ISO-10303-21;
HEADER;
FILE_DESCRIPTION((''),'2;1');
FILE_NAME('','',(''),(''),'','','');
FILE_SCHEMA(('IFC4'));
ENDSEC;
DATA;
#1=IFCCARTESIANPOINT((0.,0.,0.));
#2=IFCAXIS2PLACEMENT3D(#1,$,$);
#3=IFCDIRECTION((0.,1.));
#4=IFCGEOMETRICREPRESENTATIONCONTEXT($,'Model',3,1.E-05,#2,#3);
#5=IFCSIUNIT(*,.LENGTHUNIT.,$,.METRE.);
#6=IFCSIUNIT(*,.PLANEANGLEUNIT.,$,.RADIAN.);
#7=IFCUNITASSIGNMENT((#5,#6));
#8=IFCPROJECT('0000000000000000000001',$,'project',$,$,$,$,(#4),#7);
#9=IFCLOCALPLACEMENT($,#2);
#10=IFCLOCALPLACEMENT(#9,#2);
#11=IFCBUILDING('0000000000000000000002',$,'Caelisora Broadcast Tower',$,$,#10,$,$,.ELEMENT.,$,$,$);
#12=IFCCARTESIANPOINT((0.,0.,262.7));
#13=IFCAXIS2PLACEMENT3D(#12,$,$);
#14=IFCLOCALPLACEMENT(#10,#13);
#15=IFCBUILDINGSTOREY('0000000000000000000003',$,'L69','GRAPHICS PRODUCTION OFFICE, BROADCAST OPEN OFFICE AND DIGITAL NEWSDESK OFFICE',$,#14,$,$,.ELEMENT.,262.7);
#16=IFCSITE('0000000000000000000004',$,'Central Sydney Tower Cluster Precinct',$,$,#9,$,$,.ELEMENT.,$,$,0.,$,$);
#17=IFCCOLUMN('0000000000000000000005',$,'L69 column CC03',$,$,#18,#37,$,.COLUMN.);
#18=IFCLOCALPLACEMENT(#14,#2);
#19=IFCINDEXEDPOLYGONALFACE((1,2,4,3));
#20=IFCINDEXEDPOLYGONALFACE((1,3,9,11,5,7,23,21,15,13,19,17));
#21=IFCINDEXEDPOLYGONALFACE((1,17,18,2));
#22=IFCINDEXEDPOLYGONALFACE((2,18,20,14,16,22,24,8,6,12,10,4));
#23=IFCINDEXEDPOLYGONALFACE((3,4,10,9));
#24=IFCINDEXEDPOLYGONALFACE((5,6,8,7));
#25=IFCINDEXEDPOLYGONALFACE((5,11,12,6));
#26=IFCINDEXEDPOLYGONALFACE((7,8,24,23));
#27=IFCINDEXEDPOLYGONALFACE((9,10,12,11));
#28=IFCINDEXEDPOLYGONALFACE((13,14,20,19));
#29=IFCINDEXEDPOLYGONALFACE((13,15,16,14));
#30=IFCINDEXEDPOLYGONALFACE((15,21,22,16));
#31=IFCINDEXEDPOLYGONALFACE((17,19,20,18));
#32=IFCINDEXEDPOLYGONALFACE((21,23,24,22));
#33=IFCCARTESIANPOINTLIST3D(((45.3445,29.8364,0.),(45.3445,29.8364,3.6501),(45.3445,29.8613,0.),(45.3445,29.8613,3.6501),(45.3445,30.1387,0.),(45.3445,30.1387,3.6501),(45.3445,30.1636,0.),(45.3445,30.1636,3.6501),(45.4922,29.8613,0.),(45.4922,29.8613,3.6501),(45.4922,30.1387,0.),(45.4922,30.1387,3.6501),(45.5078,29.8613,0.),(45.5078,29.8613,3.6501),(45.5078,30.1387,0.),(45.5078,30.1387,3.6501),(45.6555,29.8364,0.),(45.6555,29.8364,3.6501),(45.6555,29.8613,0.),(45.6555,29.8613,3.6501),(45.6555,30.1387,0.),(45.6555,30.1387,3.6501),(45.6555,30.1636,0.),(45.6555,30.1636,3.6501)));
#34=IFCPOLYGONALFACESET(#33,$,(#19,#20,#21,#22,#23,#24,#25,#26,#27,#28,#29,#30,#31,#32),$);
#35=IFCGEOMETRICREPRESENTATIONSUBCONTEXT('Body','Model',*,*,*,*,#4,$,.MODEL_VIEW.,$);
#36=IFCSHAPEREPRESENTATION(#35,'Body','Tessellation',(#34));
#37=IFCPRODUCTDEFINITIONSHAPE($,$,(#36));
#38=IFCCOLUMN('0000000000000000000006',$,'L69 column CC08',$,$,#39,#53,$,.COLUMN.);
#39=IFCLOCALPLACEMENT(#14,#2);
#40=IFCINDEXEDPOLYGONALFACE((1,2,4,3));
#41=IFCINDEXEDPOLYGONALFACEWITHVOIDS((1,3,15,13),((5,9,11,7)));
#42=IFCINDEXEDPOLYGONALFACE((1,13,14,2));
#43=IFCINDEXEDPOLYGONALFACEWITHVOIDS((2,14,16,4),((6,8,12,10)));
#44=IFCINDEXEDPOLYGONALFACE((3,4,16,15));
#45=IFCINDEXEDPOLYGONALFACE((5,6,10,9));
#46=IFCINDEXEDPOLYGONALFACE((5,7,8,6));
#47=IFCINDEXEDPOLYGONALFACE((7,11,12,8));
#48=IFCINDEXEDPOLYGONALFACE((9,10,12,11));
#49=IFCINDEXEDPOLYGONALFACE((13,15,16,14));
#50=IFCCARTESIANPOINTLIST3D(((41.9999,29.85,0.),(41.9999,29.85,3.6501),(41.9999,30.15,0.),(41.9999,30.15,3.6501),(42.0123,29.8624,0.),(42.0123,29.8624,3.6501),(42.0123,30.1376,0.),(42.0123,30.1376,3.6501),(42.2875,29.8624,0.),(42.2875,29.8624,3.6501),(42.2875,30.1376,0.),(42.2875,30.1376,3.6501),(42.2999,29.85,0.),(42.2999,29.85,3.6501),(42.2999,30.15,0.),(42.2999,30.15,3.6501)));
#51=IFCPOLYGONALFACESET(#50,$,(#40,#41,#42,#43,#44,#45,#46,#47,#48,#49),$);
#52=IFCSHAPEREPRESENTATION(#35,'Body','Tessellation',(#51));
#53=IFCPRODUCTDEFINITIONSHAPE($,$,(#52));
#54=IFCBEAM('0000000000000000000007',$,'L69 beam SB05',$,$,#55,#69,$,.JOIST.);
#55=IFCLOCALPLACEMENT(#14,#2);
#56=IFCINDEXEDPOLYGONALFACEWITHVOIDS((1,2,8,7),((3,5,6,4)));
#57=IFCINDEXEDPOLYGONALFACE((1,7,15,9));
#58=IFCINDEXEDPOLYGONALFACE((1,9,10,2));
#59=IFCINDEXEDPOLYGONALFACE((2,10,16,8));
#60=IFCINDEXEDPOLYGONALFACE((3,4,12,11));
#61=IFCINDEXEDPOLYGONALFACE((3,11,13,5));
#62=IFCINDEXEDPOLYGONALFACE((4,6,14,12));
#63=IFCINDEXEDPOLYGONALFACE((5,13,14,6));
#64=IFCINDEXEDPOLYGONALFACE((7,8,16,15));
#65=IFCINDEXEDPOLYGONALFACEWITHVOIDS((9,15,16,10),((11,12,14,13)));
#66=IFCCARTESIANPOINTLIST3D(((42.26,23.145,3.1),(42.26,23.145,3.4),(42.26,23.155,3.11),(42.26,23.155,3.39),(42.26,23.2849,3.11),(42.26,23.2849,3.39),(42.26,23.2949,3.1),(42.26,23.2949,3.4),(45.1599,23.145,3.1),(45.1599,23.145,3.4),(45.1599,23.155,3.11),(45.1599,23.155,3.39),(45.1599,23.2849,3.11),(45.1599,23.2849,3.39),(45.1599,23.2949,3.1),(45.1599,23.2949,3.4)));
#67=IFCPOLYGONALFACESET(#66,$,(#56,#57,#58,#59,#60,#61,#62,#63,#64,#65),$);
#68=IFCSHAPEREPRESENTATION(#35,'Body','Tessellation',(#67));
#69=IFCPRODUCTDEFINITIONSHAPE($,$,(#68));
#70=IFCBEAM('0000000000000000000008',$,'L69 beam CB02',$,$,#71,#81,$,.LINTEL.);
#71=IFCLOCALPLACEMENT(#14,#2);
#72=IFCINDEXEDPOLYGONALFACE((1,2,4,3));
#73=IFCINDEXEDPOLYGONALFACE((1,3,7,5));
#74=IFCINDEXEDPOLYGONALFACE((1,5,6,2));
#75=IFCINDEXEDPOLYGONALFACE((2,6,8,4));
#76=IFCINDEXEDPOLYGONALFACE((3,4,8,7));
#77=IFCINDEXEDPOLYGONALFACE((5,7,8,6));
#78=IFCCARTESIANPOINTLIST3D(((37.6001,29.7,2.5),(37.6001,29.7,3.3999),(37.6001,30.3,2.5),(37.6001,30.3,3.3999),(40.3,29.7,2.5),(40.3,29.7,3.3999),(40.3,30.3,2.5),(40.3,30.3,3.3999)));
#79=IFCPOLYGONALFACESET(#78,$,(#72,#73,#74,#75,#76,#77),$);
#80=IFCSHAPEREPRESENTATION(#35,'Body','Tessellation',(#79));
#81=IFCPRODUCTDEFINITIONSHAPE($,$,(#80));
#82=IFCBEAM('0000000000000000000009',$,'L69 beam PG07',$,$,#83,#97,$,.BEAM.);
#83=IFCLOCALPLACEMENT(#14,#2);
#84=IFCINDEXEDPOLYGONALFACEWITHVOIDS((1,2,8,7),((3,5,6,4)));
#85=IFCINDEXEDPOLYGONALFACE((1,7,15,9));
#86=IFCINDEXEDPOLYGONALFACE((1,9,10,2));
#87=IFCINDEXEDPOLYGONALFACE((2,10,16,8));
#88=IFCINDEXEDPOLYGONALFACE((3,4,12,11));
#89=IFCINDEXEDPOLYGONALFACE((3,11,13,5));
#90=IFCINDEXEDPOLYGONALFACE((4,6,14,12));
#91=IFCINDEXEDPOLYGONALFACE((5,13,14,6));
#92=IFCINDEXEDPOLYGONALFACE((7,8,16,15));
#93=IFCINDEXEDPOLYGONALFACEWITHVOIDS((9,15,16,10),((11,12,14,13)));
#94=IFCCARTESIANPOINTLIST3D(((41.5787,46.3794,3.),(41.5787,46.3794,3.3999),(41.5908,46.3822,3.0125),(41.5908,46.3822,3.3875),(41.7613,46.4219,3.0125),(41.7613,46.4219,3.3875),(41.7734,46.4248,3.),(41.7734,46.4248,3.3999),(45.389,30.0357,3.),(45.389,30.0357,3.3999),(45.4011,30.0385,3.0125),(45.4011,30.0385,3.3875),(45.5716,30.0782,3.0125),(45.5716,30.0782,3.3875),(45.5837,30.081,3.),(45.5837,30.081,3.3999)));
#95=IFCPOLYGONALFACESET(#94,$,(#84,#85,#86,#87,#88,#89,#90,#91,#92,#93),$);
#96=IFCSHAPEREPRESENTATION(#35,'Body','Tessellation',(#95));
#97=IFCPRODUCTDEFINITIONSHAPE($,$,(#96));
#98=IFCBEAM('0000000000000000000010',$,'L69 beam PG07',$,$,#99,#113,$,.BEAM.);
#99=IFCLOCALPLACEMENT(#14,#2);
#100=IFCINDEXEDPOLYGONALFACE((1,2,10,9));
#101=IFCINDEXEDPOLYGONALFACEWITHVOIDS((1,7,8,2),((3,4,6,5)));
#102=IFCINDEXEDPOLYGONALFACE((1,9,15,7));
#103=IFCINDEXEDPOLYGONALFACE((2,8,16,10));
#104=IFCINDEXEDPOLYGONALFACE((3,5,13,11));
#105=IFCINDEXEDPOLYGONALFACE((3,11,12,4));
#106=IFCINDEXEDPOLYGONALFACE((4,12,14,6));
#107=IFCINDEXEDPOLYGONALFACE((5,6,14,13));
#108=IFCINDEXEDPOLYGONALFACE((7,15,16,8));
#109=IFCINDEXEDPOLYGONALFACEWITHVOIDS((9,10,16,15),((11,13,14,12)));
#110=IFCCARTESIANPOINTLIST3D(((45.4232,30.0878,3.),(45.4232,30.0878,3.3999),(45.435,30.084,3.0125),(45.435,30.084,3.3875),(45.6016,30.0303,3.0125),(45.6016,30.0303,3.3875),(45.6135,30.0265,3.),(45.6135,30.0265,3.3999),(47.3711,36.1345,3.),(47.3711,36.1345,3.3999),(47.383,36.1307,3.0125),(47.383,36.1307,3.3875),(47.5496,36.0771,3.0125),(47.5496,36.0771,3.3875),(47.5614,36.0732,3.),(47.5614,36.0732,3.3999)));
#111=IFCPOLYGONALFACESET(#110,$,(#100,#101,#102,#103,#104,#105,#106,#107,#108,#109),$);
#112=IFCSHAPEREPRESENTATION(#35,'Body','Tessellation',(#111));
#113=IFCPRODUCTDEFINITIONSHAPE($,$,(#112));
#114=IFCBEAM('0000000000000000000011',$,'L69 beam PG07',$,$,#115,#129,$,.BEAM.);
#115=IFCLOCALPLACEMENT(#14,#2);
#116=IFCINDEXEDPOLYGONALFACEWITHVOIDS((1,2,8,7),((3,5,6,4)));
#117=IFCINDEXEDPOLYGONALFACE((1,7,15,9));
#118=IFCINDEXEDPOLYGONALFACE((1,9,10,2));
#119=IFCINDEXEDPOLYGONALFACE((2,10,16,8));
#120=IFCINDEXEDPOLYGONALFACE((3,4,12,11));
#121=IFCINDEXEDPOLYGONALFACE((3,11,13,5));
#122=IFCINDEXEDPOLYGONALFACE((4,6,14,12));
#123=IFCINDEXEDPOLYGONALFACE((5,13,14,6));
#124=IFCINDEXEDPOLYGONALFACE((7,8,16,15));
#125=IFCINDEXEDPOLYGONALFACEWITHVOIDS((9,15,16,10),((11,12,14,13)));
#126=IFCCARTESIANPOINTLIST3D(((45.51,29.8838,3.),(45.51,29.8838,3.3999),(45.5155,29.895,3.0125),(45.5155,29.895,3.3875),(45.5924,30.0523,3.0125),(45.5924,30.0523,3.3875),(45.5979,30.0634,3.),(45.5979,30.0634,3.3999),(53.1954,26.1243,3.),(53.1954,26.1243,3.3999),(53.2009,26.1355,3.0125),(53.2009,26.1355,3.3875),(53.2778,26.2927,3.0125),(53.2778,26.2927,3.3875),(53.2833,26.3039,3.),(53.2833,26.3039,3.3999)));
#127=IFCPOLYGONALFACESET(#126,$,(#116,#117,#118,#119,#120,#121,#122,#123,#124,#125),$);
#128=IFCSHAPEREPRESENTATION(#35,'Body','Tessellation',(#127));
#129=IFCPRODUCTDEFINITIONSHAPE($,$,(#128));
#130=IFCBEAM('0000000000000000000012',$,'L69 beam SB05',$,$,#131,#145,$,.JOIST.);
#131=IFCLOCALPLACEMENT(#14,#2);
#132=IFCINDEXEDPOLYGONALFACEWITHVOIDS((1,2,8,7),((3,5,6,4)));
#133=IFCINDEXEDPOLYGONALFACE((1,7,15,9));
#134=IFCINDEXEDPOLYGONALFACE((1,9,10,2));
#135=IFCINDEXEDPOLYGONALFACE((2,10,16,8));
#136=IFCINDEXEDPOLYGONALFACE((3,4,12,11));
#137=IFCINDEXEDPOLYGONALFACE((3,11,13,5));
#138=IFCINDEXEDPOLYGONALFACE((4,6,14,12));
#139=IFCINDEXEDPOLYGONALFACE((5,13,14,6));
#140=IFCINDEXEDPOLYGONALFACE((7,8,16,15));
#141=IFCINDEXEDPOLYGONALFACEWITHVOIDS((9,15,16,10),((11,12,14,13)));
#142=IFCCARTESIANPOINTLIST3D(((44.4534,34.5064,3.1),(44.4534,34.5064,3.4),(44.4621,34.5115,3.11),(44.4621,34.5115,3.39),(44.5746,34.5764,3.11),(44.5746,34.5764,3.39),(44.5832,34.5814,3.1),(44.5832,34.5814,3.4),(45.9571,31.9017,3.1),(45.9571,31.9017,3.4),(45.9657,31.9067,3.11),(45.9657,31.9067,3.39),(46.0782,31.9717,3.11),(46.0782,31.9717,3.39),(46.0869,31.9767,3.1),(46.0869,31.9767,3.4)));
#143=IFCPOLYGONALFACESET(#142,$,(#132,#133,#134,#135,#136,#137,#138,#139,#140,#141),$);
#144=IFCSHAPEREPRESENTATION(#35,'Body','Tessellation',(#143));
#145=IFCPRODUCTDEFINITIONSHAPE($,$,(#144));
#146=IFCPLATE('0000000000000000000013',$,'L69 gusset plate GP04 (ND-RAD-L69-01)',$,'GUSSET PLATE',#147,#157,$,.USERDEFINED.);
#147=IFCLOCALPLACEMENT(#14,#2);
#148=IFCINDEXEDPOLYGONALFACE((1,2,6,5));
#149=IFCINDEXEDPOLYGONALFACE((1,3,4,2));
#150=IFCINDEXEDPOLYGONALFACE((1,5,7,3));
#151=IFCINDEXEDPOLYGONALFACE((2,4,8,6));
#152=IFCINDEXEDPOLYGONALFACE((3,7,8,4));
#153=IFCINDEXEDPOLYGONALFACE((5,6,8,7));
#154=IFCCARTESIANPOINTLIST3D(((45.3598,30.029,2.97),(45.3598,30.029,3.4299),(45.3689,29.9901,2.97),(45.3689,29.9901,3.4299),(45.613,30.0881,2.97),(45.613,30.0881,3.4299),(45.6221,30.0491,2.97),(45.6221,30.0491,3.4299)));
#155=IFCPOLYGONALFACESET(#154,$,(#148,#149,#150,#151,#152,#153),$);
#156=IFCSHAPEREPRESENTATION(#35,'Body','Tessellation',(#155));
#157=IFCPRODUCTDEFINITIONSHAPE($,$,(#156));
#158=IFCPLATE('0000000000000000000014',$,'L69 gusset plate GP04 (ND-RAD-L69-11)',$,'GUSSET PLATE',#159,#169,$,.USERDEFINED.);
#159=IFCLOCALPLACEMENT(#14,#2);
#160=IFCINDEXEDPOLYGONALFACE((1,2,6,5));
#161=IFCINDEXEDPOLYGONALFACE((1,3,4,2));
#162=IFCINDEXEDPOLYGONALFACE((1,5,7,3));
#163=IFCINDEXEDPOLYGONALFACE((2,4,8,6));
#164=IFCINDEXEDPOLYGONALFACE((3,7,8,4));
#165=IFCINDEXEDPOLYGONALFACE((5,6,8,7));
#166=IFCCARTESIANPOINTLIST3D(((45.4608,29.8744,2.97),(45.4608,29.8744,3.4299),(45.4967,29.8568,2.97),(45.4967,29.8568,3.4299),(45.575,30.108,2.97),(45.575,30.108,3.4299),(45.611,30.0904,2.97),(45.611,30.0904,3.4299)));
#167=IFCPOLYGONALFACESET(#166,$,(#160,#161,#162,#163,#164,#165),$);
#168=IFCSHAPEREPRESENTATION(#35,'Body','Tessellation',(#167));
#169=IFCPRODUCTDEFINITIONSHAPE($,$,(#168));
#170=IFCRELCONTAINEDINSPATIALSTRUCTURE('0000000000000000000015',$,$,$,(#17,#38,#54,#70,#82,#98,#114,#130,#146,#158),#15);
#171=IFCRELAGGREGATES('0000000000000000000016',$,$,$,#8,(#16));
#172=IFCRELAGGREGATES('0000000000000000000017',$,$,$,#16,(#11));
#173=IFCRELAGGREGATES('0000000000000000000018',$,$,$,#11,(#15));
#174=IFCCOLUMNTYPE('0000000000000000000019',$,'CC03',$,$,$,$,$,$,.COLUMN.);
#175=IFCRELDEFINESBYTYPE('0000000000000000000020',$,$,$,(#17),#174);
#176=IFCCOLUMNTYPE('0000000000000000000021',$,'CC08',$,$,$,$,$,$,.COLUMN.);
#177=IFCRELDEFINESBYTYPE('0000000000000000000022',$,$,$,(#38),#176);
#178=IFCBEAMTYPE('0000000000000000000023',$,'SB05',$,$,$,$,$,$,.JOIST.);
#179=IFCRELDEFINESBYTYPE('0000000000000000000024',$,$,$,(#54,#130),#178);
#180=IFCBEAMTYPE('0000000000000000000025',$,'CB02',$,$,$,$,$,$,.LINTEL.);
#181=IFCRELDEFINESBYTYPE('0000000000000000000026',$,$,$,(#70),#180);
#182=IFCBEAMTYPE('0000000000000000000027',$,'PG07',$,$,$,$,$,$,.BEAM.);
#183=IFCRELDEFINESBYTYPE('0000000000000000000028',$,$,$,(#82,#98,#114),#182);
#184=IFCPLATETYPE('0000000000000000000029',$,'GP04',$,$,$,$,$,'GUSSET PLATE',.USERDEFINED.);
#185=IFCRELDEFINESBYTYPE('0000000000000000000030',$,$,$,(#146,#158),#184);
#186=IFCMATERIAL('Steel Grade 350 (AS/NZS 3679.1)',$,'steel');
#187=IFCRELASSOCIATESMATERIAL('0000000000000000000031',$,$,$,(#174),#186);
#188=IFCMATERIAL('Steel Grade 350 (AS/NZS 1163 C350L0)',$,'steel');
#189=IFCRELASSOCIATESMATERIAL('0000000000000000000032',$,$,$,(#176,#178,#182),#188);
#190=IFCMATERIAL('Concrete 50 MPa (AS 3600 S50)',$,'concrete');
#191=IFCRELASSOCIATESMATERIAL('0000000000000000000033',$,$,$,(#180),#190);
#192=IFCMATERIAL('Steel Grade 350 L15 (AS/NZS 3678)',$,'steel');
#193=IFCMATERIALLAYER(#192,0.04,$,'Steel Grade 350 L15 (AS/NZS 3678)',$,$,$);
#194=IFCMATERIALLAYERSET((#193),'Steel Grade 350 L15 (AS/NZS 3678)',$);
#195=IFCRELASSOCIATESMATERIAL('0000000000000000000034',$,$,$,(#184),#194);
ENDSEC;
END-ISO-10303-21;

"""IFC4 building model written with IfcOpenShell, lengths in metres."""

from ifc_helpers import new_model, si_unit, direction, frame, origin, origin_2d, place, context, subcontext, project, spatial, rectangle, hollow_rectangle, i_section, extrude, source, transform, mapped, material, layer, layer_set, material_profile, profile_set, type_object, type_shapes, element, save


model = new_model("IFC4")

# Units and contexts
model_context = context("Model", 3, precision=1e-05, world=origin(), true_north=direction((0.0, 1.0)))
body_context = subcontext(model_context, "Body", "Model", "MODEL_VIEW")
ifc_project = project(units=[si_unit("LENGTHUNIT", "METRE"), si_unit("PLANEANGLEUNIT", "RADIAN")], contexts=[model_context])

# Site, building, storey
site_placement = place(None, origin())
site = spatial("IfcSite", under=ifc_project, at=site_placement, Name="Central Sydney Tower Cluster Precinct", CompositionType="ELEMENT", RefElevation=0.0)
building_placement = place(site_placement, origin())
building = spatial("IfcBuilding", under=site, at=building_placement, Name="Caelisora Broadcast Tower", CompositionType="ELEMENT")
storey_placement = place(building_placement, frame((0.0, 0.0, 262.7)))
storey = spatial("IfcBuildingStorey", under=building, at=storey_placement, Name="L69", Description="GRAPHICS PRODUCTION OFFICE, BROADCAST OPEN OFFICE AND DIGITAL NEWSDESK OFFICE", CompositionType="ELEMENT", Elevation=262.7)

# Columns
ifc_material_1 = material(Name="Steel Grade 350 (AS/NZS 3679.1)", Category="steel")
ifc_material_profile_1 = material_profile(ifc_material_1, i_section(OverallWidth=0.311, OverallDepth=0.3271, WebThickness=0.0156, FlangeThickness=0.0249, at=origin_2d()), Name="Steel Grade 350 (AS/NZS 3679.1)")
ifc_profile_set_1 = profile_set([ifc_material_profile_1], Name="Steel Grade 350 (AS/NZS 3679.1)")
column_type_1 = type_object("IfcColumnType", Name="CC03", PredefinedType="COLUMN", material=ifc_profile_set_1)
shared_shape_1 = source(origin(), body_context, "Body", "SweptSolid", [
    extrude(i_section(OverallWidth=0.311, OverallDepth=0.3271, WebThickness=0.0156, FlangeThickness=0.0249, at=origin_2d()), origin(), (0.0, 0.0, 1.0), 3.6501),
])
type_shapes(column_type_1, [shared_shape_1])
column_1_placement = place(storey_placement, frame((45.5, 30.0, 0.0), z_axis=(0.0, 0.0, 1.0), x_axis=(1.0, 0.0, 0.0)))
element("IfcColumn", 1, at=column_1_placement, inside=storey, type_object=column_type_1, Name="L69 column CC03", PredefinedType="COLUMN", context=body_context, shape_type="MappedRepresentation", body=[
    mapped(shared_shape_1, transform((0.0, 0.0, 0.0), scale=1.0)),
])
ifc_material_2 = material(Name="Steel Grade 350 (AS/NZS 1163 C350L0)", Category="steel")
ifc_material_profile_2 = material_profile(ifc_material_2, hollow_rectangle(XDim=0.3, YDim=0.3, WallThickness=0.0125, at=origin_2d()), Name="Steel Grade 350 (AS/NZS 1163 C350L0)")
ifc_profile_set_2 = profile_set([ifc_material_profile_2], Name="Steel Grade 350 (AS/NZS 1163 C350L0)")
column_type_2 = type_object("IfcColumnType", Name="CC08", PredefinedType="COLUMN", material=ifc_profile_set_2)
shared_shape_2 = source(origin(), body_context, "Body", "SweptSolid", [
    extrude(hollow_rectangle(XDim=0.3, YDim=0.3, WallThickness=0.0125, at=origin_2d()), origin(), (0.0, 0.0, 1.0), 3.6501),
])
type_shapes(column_type_2, [shared_shape_2])
column_2_placement = place(storey_placement, frame((42.1499, 30.0, 0.0), z_axis=(0.0, 0.0, 1.0), x_axis=(1.0, 0.0, 0.0)))
element("IfcColumn", 2, at=column_2_placement, inside=storey, type_object=column_type_2, Name="L69 column CC08", PredefinedType="COLUMN", context=body_context, shape_type="MappedRepresentation", body=[
    mapped(shared_shape_2, transform((0.0, 0.0, 0.0), scale=1.0)),
])

# Beams
ifc_material_profile_3 = material_profile(ifc_material_2, hollow_rectangle(XDim=0.1499, YDim=0.3, WallThickness=0.01, at=origin_2d()), Name="Steel Grade 350 (AS/NZS 1163 C350L0)")
ifc_profile_set_3 = profile_set([ifc_material_profile_3], Name="Steel Grade 350 (AS/NZS 1163 C350L0)")
beam_type_1 = type_object("IfcBeamType", Name="SB05", PredefinedType="JOIST", material=ifc_profile_set_3)
shared_shape_3 = source(origin(), body_context, "Body", "SweptSolid", [
    extrude(hollow_rectangle(XDim=0.1499, YDim=0.3, WallThickness=0.01, at=origin_2d()), origin(), (0.0, 0.0, 1.0), 2.8999),
])
beam_1_placement = place(storey_placement, frame((42.26, 23.22, 3.25), z_axis=(1.0, 0.0, 0.0), x_axis=(0.0, 1.0, 0.0)))
element("IfcBeam", 3, at=beam_1_placement, inside=storey, type_object=beam_type_1, Name="L69 beam SB05", PredefinedType="JOIST", context=body_context, shape_type="MappedRepresentation", body=[
    mapped(shared_shape_3, transform((0.0, 0.0, 0.0), scale=1.0)),
])
ifc_material_3 = material(Name="Concrete 50 MPa (AS 3600 S50)", Category="concrete")
ifc_material_profile_4 = material_profile(ifc_material_3, rectangle(XDim=0.6001, YDim=0.8999, at=origin_2d()), Name="Concrete 50 MPa (AS 3600 S50)")
ifc_profile_set_4 = profile_set([ifc_material_profile_4], Name="Concrete 50 MPa (AS 3600 S50)")
beam_type_2 = type_object("IfcBeamType", Name="CB02", PredefinedType="LINTEL", material=ifc_profile_set_4)
shared_shape_4 = source(origin(), body_context, "Body", "SweptSolid", [
    extrude(rectangle(XDim=0.6001, YDim=0.8999, at=origin_2d()), origin(), (0.0, 0.0, 1.0), 2.7),
])
type_shapes(beam_type_2, [shared_shape_4])
beam_2_placement = place(storey_placement, frame((37.6001, 30.0, 2.95), z_axis=(1.0, 0.0, 0.0), x_axis=(0.0, 1.0, 0.0)))
element("IfcBeam", 4, at=beam_2_placement, inside=storey, type_object=beam_type_2, Name="L69 beam CB02", PredefinedType="LINTEL", context=body_context, shape_type="MappedRepresentation", body=[
    mapped(shared_shape_4, transform((0.0, 0.0, 0.0), scale=1.0)),
])
ifc_material_profile_5 = material_profile(ifc_material_2, hollow_rectangle(XDim=0.2, YDim=0.3999, WallThickness=0.0125, at=origin_2d()), Name="Steel Grade 350 (AS/NZS 1163 C350L0)")
ifc_profile_set_5 = profile_set([ifc_material_profile_5], Name="Steel Grade 350 (AS/NZS 1163 C350L0)")
beam_type_3 = type_object("IfcBeamType", Name="PG07", PredefinedType="BEAM", material=ifc_profile_set_5)
shared_shape_5 = source(origin(), body_context, "Body", "SweptSolid", [
    extrude(hollow_rectangle(XDim=0.2, YDim=0.3999, WallThickness=0.0125, at=origin_2d()), origin(), (0.0, 0.0, 1.0), 16.782),
])
beam_3_placement = place(storey_placement, frame((45.4863, 30.0583, 3.2), z_axis=(-0.227047, 0.973884, 0.0), x_axis=(-0.973884, -0.227047, 0.0)))
element("IfcBeam", 5, at=beam_3_placement, inside=storey, type_object=beam_type_3, Name="L69 beam PG07", PredefinedType="BEAM", context=body_context, shape_type="MappedRepresentation", body=[
    mapped(shared_shape_5, transform((0.0, 0.0, 0.0), scale=1.0)),
])
shared_shape_6 = source(origin(), body_context, "Body", "SweptSolid", [
    extrude(hollow_rectangle(XDim=0.2, YDim=0.3999, WallThickness=0.0125, at=origin_2d()), origin(), (0.0, 0.0, 1.0), 6.3528),
])
beam_4_placement = place(storey_placement, frame((45.5183, 30.0571, 3.2), z_axis=(0.306631, 0.951828, 0.0), x_axis=(-0.951828, 0.306631, 0.0)))
element("IfcBeam", 6, at=beam_4_placement, inside=storey, type_object=beam_type_3, Name="L69 beam PG07", PredefinedType="BEAM", context=body_context, shape_type="MappedRepresentation", body=[
    mapped(shared_shape_6, transform((0.0, 0.0, 0.0), scale=1.0)),
])
shared_shape_7 = source(origin(), body_context, "Body", "SweptSolid", [
    extrude(hollow_rectangle(XDim=0.2, YDim=0.3999, WallThickness=0.0125, at=origin_2d()), origin(), (0.0, 0.0, 1.0), 8.5557),
])
type_shapes(beam_type_3, [shared_shape_5, shared_shape_6, shared_shape_7])
beam_5_placement = place(storey_placement, frame((45.554, 29.9736, 3.2), z_axis=(0.89828, -0.439424, 0.0), x_axis=(0.439424, 0.89828, 0.0)))
element("IfcBeam", 7, at=beam_5_placement, inside=storey, type_object=beam_type_3, Name="L69 beam PG07", PredefinedType="BEAM", context=body_context, shape_type="MappedRepresentation", body=[
    mapped(shared_shape_7, transform((0.0, 0.0, 0.0), scale=1.0)),
])
shared_shape_8 = source(origin(), body_context, "Body", "SweptSolid", [
    extrude(hollow_rectangle(XDim=0.1499, YDim=0.3, WallThickness=0.01, at=origin_2d()), origin(), (0.0, 0.0, 1.0), 3.0076),
])
type_shapes(beam_type_1, [shared_shape_3, shared_shape_8])
beam_6_placement = place(storey_placement, frame((46.022, 31.9392, 3.25), z_axis=(-0.499954, 0.866052, 0.0), x_axis=(-0.866052, -0.499954, 0.0)))
element("IfcBeam", 8, at=beam_6_placement, inside=storey, type_object=beam_type_1, Name="L69 beam SB05", PredefinedType="JOIST", context=body_context, shape_type="MappedRepresentation", body=[
    mapped(shared_shape_8, transform((0.0, 0.0, 0.0), scale=1.0)),
])

# Plates
ifc_material_4 = material(Name="Steel Grade 350 L15 (AS/NZS 3678)", Category="steel")
ifc_layer_1 = layer(ifc_material_4, 0.04, Name="Steel Grade 350 L15 (AS/NZS 3678)")
ifc_layer_set_1 = layer_set([ifc_layer_1], Name="Steel Grade 350 L15 (AS/NZS 3678)")
plate_type = type_object("IfcPlateType", Name="GP04", ElementType="GUSSET PLATE", PredefinedType="USERDEFINED", material=ifc_layer_set_1)
shared_shape_9 = source(origin(), body_context, "Body", "SweptSolid", [
    extrude(rectangle(XDim=0.26, YDim=0.04, at=origin_2d()), origin(), (0.0, 0.0, 1.0), 0.46),
])
for number, where, z_axis, x_axis, name in (
    (9, (45.491, 30.0391, 2.97), (0.0, 0.0, 1.0), (-0.973897, -0.226991, 0.0), "L69 gusset plate GP04 (ND-RAD-L69-01)"),
    (10, (45.5359, 29.9824, 2.97), (0.0, 0.0, 1.0), (0.439469, 0.898258, 0.0), "L69 gusset plate GP04 (ND-RAD-L69-11)"),
):
    element("IfcPlate", number, at=place(storey_placement, frame(where, z_axis=z_axis, x_axis=x_axis)), inside=storey, type_object=plate_type, Name=name, ObjectType="GUSSET PLATE", PredefinedType="USERDEFINED", context=body_context, shape_type="MappedRepresentation", body=[
        mapped(shared_shape_9, transform((0.0, 0.0, 0.0), scale=1.0)),
    ])

save(model, "model.ifc")
